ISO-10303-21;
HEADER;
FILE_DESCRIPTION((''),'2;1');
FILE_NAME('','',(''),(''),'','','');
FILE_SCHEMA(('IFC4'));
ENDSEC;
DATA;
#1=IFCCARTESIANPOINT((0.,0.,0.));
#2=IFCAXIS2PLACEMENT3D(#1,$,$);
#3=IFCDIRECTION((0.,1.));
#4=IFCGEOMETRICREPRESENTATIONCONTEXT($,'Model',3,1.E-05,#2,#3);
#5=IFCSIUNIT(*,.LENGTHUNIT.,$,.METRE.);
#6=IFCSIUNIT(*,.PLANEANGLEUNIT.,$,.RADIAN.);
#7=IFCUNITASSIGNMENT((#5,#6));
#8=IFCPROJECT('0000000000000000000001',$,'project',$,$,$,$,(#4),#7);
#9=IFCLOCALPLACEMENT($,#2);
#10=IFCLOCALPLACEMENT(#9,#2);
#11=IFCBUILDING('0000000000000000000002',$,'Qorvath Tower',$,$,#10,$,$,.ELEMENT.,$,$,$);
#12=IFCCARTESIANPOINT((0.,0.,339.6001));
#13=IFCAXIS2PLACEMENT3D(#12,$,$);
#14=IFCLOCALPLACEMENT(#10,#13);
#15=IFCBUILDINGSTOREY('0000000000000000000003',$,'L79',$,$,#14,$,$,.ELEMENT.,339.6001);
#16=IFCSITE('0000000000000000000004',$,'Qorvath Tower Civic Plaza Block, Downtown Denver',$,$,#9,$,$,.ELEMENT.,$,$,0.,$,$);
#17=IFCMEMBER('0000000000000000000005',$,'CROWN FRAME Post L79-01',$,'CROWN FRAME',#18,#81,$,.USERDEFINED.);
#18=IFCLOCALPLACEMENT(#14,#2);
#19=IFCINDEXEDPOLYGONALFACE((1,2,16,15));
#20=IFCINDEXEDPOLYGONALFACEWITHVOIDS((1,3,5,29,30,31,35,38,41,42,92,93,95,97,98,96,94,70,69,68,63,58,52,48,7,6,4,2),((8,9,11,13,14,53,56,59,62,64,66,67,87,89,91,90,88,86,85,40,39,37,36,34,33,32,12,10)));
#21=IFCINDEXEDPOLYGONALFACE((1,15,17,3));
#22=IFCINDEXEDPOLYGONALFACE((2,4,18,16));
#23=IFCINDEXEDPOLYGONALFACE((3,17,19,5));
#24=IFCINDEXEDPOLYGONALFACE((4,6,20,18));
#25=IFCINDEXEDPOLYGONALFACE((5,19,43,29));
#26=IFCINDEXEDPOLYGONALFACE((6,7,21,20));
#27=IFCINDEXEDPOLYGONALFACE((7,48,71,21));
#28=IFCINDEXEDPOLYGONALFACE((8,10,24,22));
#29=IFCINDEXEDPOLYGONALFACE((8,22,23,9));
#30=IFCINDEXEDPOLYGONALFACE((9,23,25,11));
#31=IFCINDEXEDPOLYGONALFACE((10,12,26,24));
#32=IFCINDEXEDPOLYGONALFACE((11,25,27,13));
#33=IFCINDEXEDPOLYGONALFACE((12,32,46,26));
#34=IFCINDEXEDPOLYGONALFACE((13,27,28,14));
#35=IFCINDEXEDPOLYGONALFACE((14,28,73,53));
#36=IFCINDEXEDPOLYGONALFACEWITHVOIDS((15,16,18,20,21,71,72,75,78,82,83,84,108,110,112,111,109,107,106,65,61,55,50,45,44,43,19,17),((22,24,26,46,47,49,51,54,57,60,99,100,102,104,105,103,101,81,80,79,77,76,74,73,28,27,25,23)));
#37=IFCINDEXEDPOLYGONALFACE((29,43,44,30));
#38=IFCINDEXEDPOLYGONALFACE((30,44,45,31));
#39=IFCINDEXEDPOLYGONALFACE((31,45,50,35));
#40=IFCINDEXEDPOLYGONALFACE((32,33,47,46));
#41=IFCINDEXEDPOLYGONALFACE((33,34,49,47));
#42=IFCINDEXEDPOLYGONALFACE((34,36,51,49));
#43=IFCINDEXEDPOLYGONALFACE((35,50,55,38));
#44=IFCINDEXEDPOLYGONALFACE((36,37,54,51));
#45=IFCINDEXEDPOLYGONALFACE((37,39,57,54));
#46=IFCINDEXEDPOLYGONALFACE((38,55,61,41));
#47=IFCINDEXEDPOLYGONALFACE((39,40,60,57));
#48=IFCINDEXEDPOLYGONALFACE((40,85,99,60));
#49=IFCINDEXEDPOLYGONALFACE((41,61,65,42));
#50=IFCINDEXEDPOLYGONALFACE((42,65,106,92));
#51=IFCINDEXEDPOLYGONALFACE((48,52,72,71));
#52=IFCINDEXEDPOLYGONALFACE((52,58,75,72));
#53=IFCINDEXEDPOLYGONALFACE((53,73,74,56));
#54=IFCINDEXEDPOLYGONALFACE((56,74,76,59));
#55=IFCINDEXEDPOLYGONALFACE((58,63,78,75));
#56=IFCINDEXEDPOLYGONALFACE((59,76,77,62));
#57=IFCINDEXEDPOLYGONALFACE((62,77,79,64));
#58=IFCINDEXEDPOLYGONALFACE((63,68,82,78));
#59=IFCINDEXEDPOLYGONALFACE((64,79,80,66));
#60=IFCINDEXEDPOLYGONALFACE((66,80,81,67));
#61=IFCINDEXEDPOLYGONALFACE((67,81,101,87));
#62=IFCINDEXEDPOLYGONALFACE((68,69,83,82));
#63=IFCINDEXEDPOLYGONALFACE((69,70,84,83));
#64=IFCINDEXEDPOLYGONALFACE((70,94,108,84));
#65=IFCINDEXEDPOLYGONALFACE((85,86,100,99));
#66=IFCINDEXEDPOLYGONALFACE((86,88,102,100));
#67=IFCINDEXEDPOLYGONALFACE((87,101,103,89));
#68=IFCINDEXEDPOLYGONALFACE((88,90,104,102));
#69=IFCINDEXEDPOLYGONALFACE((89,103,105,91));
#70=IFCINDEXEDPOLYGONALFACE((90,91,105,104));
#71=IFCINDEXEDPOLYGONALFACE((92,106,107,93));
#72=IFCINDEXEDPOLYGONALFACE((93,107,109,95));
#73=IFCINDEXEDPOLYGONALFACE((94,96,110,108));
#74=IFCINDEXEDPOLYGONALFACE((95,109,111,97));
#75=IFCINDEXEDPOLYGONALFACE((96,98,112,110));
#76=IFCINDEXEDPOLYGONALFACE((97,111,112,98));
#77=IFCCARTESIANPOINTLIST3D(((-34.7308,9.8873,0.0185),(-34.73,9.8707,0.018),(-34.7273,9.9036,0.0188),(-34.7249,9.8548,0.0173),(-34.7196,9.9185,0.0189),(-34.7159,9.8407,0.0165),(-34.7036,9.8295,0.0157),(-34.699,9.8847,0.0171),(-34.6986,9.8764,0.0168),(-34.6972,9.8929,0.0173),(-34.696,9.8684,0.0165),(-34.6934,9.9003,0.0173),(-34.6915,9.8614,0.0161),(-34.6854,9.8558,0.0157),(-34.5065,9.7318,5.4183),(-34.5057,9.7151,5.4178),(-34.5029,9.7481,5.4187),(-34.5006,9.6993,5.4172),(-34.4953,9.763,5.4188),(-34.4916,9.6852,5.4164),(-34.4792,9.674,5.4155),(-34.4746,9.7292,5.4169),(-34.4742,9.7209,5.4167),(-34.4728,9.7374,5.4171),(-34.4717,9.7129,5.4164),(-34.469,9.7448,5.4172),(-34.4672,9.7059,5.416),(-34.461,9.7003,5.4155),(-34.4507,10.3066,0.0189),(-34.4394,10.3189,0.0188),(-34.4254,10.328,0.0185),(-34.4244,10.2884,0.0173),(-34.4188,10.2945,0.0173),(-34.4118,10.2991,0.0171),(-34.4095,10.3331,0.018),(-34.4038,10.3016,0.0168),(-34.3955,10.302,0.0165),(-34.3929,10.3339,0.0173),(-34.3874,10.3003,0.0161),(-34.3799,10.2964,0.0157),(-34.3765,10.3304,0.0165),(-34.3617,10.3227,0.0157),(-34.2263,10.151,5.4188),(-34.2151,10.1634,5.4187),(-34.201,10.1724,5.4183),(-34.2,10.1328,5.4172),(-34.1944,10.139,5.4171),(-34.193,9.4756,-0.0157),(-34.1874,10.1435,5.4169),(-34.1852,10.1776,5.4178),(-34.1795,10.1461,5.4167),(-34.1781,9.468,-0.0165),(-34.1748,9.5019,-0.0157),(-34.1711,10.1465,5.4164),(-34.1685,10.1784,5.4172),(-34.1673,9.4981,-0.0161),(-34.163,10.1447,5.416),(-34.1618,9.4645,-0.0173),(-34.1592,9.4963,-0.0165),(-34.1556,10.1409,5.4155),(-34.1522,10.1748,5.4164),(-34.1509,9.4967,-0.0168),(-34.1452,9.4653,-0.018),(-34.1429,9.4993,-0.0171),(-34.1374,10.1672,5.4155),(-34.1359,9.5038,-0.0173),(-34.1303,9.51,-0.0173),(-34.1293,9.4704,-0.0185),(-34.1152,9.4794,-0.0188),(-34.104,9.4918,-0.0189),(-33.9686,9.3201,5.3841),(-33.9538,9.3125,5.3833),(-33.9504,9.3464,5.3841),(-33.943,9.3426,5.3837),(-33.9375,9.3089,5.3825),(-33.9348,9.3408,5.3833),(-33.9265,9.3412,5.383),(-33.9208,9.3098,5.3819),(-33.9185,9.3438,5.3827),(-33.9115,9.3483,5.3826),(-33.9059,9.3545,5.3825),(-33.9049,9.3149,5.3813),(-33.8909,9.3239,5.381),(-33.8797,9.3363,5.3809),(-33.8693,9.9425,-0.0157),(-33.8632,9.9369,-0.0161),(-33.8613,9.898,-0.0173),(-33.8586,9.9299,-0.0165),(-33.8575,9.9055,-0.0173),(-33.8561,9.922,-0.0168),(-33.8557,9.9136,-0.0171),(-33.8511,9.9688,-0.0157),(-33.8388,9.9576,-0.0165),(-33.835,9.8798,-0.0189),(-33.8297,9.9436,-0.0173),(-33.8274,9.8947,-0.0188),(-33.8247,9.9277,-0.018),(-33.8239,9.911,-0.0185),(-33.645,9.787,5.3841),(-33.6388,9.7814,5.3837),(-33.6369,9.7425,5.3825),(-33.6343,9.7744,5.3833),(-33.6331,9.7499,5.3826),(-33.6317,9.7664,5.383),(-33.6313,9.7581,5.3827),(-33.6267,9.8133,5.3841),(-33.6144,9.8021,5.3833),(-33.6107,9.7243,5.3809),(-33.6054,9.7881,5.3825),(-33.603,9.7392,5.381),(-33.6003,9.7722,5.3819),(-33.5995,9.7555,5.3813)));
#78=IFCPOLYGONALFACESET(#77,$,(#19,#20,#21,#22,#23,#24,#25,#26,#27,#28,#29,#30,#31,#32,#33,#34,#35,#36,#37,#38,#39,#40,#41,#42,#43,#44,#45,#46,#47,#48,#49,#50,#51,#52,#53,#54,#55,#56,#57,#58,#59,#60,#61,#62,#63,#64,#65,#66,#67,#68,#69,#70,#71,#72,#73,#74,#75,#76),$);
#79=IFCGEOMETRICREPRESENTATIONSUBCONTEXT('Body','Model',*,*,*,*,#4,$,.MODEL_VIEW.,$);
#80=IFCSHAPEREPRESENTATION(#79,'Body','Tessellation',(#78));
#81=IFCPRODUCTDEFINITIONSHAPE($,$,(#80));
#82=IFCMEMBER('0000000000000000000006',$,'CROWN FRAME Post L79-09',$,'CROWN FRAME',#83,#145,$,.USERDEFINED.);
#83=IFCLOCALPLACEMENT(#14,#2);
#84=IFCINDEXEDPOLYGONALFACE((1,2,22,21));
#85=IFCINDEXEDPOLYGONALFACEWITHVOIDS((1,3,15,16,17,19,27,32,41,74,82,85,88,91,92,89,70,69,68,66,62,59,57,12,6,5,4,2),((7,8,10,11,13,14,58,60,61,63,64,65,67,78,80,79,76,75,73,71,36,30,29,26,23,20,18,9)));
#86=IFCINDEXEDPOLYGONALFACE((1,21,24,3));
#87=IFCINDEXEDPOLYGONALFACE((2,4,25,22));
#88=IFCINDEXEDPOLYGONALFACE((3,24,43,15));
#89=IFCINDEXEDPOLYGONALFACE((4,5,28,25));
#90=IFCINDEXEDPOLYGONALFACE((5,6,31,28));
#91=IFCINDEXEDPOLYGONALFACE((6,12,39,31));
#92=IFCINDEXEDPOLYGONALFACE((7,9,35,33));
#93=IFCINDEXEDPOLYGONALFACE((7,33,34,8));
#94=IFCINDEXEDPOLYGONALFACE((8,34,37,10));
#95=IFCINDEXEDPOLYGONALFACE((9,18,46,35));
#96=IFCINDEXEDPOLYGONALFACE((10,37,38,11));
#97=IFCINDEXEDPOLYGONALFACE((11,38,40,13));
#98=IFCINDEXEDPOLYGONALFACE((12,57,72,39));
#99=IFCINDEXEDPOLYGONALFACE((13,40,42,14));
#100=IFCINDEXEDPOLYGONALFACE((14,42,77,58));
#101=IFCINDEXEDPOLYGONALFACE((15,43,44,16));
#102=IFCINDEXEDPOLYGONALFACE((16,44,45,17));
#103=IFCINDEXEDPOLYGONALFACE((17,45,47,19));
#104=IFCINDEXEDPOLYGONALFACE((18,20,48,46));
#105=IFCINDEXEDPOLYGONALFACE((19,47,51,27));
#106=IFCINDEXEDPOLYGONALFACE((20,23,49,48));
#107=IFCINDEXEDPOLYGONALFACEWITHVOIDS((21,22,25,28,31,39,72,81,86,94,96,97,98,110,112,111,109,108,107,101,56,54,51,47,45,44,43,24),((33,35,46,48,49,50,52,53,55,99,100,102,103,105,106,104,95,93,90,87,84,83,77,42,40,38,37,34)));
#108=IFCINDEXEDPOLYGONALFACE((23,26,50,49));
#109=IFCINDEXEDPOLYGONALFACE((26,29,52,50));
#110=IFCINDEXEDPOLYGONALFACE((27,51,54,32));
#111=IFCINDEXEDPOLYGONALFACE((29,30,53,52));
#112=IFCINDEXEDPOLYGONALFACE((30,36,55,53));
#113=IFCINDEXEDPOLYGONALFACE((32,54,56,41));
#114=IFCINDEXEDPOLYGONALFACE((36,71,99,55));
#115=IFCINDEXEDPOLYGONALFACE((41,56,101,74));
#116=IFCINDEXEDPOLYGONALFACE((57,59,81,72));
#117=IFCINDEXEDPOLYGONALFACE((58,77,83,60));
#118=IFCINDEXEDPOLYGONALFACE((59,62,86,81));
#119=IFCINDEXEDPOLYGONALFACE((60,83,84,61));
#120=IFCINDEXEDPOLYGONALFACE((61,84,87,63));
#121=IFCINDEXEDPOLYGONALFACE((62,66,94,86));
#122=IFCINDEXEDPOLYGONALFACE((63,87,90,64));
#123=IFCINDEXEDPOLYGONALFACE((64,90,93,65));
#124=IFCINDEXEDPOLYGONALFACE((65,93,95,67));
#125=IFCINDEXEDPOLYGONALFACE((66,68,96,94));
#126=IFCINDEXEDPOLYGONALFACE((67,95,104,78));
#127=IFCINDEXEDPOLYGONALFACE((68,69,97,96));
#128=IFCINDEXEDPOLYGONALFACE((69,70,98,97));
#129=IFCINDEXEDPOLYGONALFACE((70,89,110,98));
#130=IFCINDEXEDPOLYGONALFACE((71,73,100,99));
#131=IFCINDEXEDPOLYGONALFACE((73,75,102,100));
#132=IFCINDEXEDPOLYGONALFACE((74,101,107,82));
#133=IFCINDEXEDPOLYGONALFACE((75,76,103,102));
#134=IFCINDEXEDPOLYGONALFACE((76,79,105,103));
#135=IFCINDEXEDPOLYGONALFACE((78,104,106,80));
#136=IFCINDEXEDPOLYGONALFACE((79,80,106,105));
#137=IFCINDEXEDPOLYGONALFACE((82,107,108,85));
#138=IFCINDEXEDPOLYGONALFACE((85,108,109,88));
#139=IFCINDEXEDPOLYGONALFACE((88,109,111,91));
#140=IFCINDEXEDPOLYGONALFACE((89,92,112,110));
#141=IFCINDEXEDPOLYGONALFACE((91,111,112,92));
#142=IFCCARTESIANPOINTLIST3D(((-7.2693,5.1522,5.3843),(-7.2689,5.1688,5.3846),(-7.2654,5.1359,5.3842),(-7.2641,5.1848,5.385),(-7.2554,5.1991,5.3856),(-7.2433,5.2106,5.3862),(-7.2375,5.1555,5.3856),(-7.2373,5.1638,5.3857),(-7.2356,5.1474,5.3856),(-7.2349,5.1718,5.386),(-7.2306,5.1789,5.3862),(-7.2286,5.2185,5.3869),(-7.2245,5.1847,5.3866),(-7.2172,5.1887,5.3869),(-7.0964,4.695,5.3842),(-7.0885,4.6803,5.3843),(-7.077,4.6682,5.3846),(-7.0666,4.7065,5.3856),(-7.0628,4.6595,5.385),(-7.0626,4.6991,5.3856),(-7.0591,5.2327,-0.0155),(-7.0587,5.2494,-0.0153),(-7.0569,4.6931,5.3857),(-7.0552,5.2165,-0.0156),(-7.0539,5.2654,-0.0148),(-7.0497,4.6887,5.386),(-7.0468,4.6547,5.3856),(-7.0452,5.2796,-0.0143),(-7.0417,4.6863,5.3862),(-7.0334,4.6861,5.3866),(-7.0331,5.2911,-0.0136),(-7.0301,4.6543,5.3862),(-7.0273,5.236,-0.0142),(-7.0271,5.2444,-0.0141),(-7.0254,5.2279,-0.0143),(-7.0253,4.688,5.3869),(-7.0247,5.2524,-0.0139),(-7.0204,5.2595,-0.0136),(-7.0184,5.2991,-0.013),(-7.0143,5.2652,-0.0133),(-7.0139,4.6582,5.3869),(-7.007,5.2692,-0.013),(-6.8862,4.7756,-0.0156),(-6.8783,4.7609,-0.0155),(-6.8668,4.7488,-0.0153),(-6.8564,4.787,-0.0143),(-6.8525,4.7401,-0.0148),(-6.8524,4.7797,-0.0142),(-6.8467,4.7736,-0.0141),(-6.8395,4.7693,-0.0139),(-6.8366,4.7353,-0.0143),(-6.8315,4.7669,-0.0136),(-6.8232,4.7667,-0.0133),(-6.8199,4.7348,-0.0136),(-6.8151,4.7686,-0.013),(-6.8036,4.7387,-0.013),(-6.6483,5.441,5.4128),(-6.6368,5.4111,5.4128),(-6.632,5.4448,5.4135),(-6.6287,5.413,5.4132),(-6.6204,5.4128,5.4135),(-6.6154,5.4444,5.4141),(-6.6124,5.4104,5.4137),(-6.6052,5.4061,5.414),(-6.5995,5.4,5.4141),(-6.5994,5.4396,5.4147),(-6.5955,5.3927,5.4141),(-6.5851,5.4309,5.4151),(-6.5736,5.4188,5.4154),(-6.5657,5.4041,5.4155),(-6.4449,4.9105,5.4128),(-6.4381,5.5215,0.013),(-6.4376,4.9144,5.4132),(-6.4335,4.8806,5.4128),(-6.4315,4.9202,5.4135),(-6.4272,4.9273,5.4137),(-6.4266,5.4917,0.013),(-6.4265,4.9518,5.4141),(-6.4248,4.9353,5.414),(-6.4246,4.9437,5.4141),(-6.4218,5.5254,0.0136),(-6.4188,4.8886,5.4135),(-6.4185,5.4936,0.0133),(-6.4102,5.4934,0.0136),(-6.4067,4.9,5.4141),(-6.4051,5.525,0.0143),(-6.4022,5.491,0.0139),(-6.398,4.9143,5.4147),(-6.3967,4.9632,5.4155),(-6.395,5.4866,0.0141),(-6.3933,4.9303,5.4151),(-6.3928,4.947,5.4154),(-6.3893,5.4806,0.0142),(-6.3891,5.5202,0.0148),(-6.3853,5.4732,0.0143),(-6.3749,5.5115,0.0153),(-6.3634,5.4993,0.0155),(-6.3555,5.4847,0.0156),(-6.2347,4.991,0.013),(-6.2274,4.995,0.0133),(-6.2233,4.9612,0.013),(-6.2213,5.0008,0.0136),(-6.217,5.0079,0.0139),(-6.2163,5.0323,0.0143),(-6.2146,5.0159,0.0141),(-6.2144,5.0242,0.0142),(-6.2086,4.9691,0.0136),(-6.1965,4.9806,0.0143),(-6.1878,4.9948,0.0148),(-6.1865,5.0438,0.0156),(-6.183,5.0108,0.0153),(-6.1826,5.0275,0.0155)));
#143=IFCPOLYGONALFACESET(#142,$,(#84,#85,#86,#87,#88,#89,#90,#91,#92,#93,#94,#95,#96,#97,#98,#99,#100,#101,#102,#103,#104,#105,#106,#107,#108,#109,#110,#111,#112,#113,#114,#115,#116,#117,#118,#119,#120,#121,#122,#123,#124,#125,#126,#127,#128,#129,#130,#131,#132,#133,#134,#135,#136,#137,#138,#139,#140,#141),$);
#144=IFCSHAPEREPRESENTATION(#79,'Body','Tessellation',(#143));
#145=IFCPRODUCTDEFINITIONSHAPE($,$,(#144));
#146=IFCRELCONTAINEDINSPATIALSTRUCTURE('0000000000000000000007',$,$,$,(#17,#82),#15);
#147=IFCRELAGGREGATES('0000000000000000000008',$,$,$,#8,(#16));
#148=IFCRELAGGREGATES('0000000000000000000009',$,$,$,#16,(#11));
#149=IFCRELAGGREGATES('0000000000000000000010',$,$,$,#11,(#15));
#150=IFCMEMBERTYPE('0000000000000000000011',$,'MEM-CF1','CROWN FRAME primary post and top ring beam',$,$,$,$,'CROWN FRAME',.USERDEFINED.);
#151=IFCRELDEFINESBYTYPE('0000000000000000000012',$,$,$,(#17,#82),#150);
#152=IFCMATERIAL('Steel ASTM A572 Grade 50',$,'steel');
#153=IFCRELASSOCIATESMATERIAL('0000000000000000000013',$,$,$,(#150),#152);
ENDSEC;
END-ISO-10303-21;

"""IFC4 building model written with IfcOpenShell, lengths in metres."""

from ifc_helpers import new_model, si_unit, direction, frame, origin, origin_2d, place, context, subcontext, project, spatial, hollow_rectangle, extrude, material, material_profile, profile_set, type_object, element, save


model = new_model("IFC4")

# Units and contexts
model_context = context("Model", 3, precision=1e-05, world=origin(), true_north=direction((0.0, 1.0)))
body_context = subcontext(model_context, "Body", "Model", "MODEL_VIEW")
ifc_project = project(units=[si_unit("LENGTHUNIT", "METRE"), si_unit("PLANEANGLEUNIT", "RADIAN")], contexts=[model_context])

# Site, building, storey
site_placement = place(None, origin())
site = spatial("IfcSite", under=ifc_project, at=site_placement, Name="Qorvath Tower Civic Plaza Block, Downtown Denver", CompositionType="ELEMENT", RefElevation=0.0)
building_placement = place(site_placement, origin())
building = spatial("IfcBuilding", under=site, at=building_placement, Name="Qorvath Tower", CompositionType="ELEMENT")
storey_placement = place(building_placement, frame((0.0, 0.0, 339.6001)))
storey = spatial("IfcBuildingStorey", under=building, at=storey_placement, Name="L79", CompositionType="ELEMENT", Elevation=339.6001)

# Members
ifc_material_1 = material(Name="Steel ASTM A572 Grade 50", Category="steel")
ifc_material_profile_1 = material_profile(ifc_material_1, hollow_rectangle(XDim=0.6001, YDim=0.75, WallThickness=0.032, InnerFilletRadius=0.032, OuterFilletRadius=0.064, at=origin_2d()), Name="CROWN BOX 750x600x32")
ifc_profile_set_1 = profile_set([ifc_material_profile_1], Name="Steel ASTM A572 Grade 50")
member_type_1 = type_object("IfcMemberType", Name="MEM-CF1", Description="CROWN FRAME primary post and top ring beam", ElementType="CROWN FRAME", PredefinedType="USERDEFINED", material=ifc_profile_set_1)
member_1_placement = place(storey_placement, frame((-34.2773, 9.8992, 0.0), z_axis=(0.041497, -0.028763, 0.998725), x_axis=(0.569675, 0.82187, 0.0)))
element("IfcMember", 1, at=member_1_placement, inside=storey, type_object=member_type_1, Name="CROWN FRAME Post L79-01", ObjectType="CROWN FRAME", PredefinedType="USERDEFINED", context=body_context, shape_type="SweptSolid", body=[
    extrude(hollow_rectangle(XDim=0.6001, YDim=0.75, WallThickness=0.032, InnerFilletRadius=0.032, OuterFilletRadius=0.064, at=origin_2d()), origin(), (0.0, 0.0, 1.0), 5.4067),
])
member_2_placement = place(storey_placement, frame((-6.6208, 5.1301, 0.0), z_axis=(-0.038894, -0.014907, 0.999132), x_axis=(0.357889, -0.933764, 0.0)))
element("IfcMember", 2, at=member_2_placement, inside=storey, type_object=member_type_1, Name="CROWN FRAME Post L79-09", ObjectType="CROWN FRAME", PredefinedType="USERDEFINED", context=body_context, shape_type="SweptSolid", body=[
    extrude(hollow_rectangle(XDim=0.6001, YDim=0.75, WallThickness=0.032, InnerFilletRadius=0.032, OuterFilletRadius=0.064, at=origin_2d()), origin(), (0.0, 0.0, 1.0), 5.4045),
])

save(model, "model.ifc")
